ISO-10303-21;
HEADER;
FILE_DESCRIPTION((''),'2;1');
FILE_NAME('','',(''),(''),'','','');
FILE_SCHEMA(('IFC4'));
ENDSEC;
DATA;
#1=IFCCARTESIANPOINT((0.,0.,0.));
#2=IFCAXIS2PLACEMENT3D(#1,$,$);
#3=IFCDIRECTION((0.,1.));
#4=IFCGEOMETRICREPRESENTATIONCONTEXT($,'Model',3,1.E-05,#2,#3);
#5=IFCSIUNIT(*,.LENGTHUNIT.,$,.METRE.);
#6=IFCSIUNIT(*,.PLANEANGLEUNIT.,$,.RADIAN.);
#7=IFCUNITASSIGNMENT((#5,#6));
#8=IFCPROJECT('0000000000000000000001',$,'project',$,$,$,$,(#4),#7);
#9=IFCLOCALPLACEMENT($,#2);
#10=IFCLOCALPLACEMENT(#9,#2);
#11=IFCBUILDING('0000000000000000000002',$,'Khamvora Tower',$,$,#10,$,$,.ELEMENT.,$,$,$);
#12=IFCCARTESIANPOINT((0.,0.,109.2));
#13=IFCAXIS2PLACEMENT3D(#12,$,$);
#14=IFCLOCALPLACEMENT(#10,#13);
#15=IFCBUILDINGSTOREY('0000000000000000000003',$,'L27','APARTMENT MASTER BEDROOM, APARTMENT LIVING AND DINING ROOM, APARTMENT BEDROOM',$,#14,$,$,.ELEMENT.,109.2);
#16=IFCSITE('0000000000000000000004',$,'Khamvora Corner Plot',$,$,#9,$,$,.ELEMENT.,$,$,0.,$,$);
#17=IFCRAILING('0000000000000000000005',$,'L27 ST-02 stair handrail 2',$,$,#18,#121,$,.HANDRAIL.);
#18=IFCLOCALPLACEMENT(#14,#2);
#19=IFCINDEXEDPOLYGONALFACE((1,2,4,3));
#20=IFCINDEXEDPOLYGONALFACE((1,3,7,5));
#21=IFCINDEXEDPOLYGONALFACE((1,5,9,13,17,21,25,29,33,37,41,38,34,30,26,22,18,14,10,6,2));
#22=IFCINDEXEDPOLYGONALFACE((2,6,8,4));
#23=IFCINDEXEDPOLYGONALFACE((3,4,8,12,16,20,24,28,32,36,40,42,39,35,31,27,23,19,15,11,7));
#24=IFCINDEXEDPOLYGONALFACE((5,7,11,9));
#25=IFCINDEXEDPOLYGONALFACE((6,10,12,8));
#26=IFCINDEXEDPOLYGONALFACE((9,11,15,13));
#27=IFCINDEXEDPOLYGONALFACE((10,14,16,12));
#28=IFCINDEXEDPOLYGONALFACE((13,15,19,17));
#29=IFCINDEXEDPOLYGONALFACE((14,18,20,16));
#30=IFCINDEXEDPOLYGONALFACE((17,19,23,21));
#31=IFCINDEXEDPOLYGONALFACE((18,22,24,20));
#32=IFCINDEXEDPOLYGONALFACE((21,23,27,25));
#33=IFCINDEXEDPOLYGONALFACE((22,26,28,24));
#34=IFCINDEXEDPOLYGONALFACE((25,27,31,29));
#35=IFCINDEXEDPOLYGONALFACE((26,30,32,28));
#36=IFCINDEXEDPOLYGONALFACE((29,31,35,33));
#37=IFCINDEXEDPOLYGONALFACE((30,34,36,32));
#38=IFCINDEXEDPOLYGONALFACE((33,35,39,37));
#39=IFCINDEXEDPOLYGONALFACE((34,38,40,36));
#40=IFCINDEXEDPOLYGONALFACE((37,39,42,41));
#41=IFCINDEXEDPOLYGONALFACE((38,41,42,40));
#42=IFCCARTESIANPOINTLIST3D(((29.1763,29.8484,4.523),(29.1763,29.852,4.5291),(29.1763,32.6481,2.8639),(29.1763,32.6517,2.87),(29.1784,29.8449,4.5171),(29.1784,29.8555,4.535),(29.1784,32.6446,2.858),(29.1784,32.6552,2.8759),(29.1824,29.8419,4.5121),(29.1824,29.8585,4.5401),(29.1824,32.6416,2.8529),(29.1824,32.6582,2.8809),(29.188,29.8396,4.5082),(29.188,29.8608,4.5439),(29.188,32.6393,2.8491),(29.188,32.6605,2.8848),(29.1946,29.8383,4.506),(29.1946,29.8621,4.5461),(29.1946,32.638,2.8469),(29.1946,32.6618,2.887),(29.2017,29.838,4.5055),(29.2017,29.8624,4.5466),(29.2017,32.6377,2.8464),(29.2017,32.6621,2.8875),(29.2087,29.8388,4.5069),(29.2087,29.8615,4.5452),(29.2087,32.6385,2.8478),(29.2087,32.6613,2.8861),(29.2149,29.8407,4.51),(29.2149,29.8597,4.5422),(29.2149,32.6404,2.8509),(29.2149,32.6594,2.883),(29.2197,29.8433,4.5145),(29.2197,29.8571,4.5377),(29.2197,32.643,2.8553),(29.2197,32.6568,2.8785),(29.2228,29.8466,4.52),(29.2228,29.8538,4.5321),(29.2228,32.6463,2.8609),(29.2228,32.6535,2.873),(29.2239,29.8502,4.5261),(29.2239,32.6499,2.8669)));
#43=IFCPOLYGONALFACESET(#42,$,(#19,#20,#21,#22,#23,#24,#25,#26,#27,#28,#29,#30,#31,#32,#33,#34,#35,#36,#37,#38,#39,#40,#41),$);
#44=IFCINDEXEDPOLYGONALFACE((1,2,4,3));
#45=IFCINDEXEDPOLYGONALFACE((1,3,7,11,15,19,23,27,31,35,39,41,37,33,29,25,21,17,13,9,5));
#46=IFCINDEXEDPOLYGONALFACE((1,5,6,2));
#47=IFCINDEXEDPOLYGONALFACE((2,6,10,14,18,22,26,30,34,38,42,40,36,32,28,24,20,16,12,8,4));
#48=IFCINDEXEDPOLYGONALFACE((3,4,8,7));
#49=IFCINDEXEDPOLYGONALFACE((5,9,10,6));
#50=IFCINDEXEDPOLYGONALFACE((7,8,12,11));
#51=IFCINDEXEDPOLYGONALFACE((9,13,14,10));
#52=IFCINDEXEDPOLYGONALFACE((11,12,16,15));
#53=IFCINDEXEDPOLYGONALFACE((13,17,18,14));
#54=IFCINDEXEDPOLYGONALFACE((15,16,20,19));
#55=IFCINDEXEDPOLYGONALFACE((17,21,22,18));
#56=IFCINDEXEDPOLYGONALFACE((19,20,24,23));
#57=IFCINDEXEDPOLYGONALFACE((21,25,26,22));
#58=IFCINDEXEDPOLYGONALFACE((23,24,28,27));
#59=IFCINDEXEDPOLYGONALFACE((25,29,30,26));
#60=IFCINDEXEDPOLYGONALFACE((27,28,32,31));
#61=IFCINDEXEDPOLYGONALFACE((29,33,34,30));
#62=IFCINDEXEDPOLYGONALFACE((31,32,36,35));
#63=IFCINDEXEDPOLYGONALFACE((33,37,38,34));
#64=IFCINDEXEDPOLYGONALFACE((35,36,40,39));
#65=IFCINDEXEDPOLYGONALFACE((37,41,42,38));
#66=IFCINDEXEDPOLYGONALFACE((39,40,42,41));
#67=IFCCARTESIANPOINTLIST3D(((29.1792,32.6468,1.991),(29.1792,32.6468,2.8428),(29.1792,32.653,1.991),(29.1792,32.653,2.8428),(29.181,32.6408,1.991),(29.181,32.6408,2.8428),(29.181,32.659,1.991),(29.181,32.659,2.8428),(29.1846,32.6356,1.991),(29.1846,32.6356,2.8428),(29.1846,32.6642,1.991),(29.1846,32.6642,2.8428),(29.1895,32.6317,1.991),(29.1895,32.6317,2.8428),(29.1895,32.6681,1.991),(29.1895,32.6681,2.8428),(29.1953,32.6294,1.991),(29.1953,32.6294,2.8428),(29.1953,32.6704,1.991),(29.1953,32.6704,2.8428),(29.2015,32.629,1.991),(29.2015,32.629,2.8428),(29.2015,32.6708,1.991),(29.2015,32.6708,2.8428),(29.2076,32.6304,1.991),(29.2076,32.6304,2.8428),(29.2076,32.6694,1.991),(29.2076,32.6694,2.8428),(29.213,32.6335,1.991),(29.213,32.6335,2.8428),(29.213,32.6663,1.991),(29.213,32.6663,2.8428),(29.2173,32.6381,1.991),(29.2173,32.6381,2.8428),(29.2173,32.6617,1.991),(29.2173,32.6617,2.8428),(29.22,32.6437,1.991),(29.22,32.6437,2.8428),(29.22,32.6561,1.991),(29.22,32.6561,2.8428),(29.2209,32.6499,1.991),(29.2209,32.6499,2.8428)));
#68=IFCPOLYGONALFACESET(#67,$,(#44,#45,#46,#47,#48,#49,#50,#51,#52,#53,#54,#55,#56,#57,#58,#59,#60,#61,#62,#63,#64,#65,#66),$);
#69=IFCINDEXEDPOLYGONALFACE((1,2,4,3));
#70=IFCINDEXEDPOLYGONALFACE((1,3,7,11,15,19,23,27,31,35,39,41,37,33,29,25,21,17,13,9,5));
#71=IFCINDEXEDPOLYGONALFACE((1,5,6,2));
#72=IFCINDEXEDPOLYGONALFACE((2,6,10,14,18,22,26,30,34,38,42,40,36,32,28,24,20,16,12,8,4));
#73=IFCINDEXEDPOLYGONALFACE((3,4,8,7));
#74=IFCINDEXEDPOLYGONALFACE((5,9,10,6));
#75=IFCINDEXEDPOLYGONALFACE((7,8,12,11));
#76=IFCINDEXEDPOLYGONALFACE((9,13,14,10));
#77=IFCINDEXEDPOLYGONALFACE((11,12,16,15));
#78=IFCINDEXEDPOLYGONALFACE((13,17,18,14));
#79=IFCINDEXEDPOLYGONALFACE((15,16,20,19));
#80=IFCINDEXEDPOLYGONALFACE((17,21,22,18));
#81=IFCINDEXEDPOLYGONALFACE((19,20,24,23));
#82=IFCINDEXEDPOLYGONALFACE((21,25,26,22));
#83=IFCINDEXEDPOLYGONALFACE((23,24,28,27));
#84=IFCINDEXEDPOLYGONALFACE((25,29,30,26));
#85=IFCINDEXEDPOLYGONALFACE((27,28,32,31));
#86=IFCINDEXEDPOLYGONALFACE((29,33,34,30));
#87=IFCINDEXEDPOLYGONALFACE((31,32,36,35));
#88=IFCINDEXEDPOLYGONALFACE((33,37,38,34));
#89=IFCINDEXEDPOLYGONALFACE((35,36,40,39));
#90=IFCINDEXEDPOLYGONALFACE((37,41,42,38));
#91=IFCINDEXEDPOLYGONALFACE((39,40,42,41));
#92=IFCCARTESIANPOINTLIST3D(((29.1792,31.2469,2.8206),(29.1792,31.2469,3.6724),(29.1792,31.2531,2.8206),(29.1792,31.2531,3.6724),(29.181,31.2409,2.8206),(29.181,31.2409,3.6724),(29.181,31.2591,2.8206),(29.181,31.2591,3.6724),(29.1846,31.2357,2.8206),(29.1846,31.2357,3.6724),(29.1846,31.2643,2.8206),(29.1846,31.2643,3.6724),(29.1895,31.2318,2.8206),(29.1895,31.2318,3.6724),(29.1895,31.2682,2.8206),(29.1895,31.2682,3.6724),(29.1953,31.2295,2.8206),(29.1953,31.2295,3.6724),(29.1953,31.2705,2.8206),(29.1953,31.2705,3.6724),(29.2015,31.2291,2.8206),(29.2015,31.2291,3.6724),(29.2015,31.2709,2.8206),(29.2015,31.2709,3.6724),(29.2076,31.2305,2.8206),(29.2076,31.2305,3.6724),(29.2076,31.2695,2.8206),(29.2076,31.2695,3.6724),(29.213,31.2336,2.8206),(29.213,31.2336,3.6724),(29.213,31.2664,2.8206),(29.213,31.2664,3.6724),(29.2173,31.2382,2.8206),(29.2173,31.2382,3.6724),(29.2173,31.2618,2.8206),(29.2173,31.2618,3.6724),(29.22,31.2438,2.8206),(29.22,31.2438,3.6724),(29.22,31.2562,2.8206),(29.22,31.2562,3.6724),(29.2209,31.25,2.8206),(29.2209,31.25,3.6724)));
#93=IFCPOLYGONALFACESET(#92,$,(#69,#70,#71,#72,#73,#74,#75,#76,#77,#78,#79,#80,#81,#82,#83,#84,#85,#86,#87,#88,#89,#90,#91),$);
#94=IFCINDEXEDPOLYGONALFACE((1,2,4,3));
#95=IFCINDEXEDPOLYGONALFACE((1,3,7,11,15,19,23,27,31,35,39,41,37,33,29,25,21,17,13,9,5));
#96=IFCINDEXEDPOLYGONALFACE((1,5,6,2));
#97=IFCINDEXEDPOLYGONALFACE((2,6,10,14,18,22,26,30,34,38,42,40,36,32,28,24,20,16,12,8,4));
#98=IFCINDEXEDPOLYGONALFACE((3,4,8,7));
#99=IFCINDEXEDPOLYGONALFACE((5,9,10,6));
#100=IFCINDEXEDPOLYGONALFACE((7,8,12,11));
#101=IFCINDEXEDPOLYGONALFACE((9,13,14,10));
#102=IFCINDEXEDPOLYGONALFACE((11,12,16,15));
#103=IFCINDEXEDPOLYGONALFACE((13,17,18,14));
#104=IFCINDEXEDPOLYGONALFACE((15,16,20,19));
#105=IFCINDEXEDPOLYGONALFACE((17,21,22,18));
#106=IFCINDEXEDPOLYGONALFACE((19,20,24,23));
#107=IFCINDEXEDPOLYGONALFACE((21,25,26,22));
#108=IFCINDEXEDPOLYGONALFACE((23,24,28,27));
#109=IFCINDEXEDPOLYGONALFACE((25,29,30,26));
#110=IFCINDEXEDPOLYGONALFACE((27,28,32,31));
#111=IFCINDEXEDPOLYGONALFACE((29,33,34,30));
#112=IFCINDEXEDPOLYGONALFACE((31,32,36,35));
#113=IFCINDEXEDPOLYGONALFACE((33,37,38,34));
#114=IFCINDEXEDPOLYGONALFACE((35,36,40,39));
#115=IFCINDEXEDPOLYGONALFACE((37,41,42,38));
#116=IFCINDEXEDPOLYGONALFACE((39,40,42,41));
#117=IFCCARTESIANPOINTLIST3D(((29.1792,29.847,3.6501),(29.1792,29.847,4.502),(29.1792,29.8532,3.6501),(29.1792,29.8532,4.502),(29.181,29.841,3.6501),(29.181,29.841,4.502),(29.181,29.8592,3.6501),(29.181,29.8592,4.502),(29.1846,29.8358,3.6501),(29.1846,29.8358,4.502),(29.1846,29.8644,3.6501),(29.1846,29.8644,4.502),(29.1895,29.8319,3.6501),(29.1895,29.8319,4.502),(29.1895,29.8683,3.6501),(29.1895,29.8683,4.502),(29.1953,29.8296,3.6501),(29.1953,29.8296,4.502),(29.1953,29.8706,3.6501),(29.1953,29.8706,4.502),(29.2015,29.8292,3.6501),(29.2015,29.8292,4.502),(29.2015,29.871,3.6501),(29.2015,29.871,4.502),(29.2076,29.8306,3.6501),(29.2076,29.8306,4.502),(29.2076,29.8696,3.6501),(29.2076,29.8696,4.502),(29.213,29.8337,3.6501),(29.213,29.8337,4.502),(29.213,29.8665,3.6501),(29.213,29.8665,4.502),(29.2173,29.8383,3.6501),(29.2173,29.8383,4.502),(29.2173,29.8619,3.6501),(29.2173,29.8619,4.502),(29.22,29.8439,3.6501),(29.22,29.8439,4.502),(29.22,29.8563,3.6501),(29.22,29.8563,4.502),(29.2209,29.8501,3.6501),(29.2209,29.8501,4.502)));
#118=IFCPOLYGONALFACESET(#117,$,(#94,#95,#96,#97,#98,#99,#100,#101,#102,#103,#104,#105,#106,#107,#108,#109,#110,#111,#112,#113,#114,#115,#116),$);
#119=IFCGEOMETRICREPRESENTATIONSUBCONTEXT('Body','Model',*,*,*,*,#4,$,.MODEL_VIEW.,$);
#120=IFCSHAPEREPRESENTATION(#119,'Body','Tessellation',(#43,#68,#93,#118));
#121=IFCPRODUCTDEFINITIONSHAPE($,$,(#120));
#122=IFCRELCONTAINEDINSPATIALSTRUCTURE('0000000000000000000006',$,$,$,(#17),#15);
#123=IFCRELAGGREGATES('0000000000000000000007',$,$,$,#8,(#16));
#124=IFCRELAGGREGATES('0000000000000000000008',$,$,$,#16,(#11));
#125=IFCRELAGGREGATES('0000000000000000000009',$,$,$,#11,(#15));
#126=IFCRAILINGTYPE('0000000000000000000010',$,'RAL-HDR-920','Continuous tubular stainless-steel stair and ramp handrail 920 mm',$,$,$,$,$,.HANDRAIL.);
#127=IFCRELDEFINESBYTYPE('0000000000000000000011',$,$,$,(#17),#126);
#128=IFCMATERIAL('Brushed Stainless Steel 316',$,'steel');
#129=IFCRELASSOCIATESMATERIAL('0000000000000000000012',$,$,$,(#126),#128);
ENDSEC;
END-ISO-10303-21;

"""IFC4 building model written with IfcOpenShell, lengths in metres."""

from ifc_helpers import new_model, si_unit, direction, frame, origin, origin_2d, place, context, subcontext, project, spatial, circle, extrude, material, type_object, element, save


model = new_model("IFC4")

# Units and contexts
model_context = context("Model", 3, precision=1e-05, world=origin(), true_north=direction((0.0, 1.0)))
body_context = subcontext(model_context, "Body", "Model", "MODEL_VIEW")
ifc_project = project(units=[si_unit("LENGTHUNIT", "METRE"), si_unit("PLANEANGLEUNIT", "RADIAN")], contexts=[model_context])

# Site, building, storey
site_placement = place(None, origin())
site = spatial("IfcSite", under=ifc_project, at=site_placement, Name="Khamvora Corner Plot", CompositionType="ELEMENT", RefElevation=0.0)
building_placement = place(site_placement, origin())
building = spatial("IfcBuilding", under=site, at=building_placement, Name="Khamvora Tower", CompositionType="ELEMENT")
storey_placement = place(building_placement, frame((0.0, 0.0, 109.2)))
storey = spatial("IfcBuildingStorey", under=building, at=storey_placement, Name="L27", Description="APARTMENT MASTER BEDROOM, APARTMENT LIVING AND DINING ROOM, APARTMENT BEDROOM", CompositionType="ELEMENT", Elevation=109.2)

# Railing
ifc_material_1 = material(Name="Brushed Stainless Steel 316", Category="steel")
railing_type_1 = type_object("IfcRailingType", Name="RAL-HDR-920", Description="Continuous tubular stainless-steel stair and ramp handrail 920 mm", PredefinedType="HANDRAIL", material=ifc_material_1)
railing_1_placement = place(storey_placement, frame((29.2, 32.6499, 1.991)))
element("IfcRailing", 1, at=railing_1_placement, inside=storey, type_object=railing_type_1, Name="L27 ST-02 stair handrail 2", PredefinedType="HANDRAIL", context=body_context, shape_type="SweptSolid", body=[
    extrude(circle(Radius=0.0239, at=origin_2d()), frame((0.0, 0.0, 0.876), z_axis=(0.0, -0.860287, 0.509811), x_axis=(1.0, 0.0, 0.0)), (0.0, 0.0, 1.0), 3.2544),
    extrude(circle(Radius=0.021, at=origin_2d()), origin(), (0.0, 0.0, 1.0), 0.8518),
    extrude(circle(Radius=0.021, at=origin_2d()), frame((0.0, -1.3999, 0.8296)), (0.0, 0.0, 1.0), 0.8518),
    extrude(circle(Radius=0.021, at=origin_2d()), frame((0.0, -2.7998, 1.6592)), (0.0, 0.0, 1.0), 0.8518),
])

save(model, "model.ifc")
